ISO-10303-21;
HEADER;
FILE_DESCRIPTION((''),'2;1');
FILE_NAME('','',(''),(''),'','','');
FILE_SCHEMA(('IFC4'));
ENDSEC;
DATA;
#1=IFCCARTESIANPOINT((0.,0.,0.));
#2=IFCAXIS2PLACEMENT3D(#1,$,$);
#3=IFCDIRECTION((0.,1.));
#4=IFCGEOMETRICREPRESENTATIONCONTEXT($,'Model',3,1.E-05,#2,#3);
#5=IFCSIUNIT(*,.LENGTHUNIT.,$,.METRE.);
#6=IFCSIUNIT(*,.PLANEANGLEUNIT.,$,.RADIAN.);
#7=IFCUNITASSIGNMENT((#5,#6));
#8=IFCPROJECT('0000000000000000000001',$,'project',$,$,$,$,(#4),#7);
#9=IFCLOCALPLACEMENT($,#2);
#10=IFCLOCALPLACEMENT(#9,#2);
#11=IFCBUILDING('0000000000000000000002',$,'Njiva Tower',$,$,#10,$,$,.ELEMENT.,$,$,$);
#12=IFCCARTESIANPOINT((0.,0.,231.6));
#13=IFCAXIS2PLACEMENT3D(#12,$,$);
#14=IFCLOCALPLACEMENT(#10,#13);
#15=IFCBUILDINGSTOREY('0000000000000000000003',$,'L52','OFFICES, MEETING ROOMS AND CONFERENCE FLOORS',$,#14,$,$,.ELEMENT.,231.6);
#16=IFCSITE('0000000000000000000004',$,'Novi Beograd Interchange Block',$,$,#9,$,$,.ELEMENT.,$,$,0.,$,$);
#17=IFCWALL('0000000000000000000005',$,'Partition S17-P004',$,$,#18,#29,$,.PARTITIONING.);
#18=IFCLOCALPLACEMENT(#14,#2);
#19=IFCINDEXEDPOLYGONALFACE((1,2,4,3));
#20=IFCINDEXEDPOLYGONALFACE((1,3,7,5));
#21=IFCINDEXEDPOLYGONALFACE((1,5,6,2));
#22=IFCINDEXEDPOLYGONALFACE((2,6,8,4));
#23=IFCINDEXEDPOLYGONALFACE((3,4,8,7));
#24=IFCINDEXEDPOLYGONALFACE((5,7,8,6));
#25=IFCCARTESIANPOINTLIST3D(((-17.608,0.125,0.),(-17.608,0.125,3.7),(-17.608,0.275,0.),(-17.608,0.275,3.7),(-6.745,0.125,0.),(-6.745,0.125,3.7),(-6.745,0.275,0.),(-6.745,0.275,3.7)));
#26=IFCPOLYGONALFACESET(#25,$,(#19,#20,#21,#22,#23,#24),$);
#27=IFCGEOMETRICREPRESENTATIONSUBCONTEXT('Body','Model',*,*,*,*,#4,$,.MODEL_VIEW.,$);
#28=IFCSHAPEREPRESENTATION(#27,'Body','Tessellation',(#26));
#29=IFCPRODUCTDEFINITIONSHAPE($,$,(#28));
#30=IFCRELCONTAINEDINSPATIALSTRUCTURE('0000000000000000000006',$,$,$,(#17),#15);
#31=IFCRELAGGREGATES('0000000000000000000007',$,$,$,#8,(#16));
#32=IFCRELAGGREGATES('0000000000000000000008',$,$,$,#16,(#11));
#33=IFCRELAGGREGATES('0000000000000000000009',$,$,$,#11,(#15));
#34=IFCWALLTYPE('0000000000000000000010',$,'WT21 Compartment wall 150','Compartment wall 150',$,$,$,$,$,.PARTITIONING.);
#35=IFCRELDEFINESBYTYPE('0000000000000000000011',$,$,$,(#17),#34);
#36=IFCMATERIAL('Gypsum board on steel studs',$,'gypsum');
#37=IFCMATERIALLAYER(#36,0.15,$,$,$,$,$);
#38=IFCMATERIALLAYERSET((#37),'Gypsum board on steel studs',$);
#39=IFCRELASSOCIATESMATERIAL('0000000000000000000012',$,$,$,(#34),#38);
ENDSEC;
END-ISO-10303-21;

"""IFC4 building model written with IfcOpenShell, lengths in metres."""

from ifc_helpers import new_model, si_unit, direction, frame, frame_2d, origin, place, context, subcontext, project, spatial, rectangle, extrude, material, layer, layer_set, type_object, element, save


model = new_model("IFC4")

# Units and contexts
model_context = context("Model", 3, precision=1e-05, world=origin(), true_north=direction((0.0, 1.0)))
body_context = subcontext(model_context, "Body", "Model", "MODEL_VIEW")
ifc_project = project(units=[si_unit("LENGTHUNIT", "METRE"), si_unit("PLANEANGLEUNIT", "RADIAN")], contexts=[model_context])

# Site, building, storey
site_placement = place(None, origin())
site = spatial("IfcSite", under=ifc_project, at=site_placement, Name="Novi Beograd Interchange Block", CompositionType="ELEMENT", RefElevation=0.0)
building_placement = place(site_placement, origin())
building = spatial("IfcBuilding", under=site, at=building_placement, Name="Njiva Tower", CompositionType="ELEMENT")
storey_placement = place(building_placement, frame((0.0, 0.0, 231.6)))
storey = spatial("IfcBuildingStorey", under=building, at=storey_placement, Name="L52", Description="OFFICES, MEETING ROOMS AND CONFERENCE FLOORS", CompositionType="ELEMENT", Elevation=231.6)

# Shared definitions
ifc_material_1 = material(Name="Gypsum board on steel studs", Category="gypsum")
ifc_layer_1 = layer(ifc_material_1, 0.15)
ifc_layer_set_1 = layer_set([ifc_layer_1], Name="Gypsum board on steel studs")
wall_type_1 = type_object("IfcWallType", Name="WT21 Compartment wall 150", Description="Compartment wall 150", PredefinedType="PARTITIONING", material=ifc_layer_set_1)

# Wall
wall_1_placement = place(storey_placement, frame((-17.608, 0.2, 0.0), z_axis=(0.0, 0.0, 1.0), x_axis=(1.0, 0.0, 0.0)))
element("IfcWall", 1, at=wall_1_placement, inside=storey, type_object=wall_type_1, Name="Partition S17-P004", PredefinedType="PARTITIONING", context=body_context, shape_type="SweptSolid", body=[
    extrude(rectangle(XDim=10.863, YDim=0.15, at=frame_2d((5.4315, 0.0))), origin(), (0.0, 0.0, 1.0), 3.7),
])

save(model, "model.ifc")
